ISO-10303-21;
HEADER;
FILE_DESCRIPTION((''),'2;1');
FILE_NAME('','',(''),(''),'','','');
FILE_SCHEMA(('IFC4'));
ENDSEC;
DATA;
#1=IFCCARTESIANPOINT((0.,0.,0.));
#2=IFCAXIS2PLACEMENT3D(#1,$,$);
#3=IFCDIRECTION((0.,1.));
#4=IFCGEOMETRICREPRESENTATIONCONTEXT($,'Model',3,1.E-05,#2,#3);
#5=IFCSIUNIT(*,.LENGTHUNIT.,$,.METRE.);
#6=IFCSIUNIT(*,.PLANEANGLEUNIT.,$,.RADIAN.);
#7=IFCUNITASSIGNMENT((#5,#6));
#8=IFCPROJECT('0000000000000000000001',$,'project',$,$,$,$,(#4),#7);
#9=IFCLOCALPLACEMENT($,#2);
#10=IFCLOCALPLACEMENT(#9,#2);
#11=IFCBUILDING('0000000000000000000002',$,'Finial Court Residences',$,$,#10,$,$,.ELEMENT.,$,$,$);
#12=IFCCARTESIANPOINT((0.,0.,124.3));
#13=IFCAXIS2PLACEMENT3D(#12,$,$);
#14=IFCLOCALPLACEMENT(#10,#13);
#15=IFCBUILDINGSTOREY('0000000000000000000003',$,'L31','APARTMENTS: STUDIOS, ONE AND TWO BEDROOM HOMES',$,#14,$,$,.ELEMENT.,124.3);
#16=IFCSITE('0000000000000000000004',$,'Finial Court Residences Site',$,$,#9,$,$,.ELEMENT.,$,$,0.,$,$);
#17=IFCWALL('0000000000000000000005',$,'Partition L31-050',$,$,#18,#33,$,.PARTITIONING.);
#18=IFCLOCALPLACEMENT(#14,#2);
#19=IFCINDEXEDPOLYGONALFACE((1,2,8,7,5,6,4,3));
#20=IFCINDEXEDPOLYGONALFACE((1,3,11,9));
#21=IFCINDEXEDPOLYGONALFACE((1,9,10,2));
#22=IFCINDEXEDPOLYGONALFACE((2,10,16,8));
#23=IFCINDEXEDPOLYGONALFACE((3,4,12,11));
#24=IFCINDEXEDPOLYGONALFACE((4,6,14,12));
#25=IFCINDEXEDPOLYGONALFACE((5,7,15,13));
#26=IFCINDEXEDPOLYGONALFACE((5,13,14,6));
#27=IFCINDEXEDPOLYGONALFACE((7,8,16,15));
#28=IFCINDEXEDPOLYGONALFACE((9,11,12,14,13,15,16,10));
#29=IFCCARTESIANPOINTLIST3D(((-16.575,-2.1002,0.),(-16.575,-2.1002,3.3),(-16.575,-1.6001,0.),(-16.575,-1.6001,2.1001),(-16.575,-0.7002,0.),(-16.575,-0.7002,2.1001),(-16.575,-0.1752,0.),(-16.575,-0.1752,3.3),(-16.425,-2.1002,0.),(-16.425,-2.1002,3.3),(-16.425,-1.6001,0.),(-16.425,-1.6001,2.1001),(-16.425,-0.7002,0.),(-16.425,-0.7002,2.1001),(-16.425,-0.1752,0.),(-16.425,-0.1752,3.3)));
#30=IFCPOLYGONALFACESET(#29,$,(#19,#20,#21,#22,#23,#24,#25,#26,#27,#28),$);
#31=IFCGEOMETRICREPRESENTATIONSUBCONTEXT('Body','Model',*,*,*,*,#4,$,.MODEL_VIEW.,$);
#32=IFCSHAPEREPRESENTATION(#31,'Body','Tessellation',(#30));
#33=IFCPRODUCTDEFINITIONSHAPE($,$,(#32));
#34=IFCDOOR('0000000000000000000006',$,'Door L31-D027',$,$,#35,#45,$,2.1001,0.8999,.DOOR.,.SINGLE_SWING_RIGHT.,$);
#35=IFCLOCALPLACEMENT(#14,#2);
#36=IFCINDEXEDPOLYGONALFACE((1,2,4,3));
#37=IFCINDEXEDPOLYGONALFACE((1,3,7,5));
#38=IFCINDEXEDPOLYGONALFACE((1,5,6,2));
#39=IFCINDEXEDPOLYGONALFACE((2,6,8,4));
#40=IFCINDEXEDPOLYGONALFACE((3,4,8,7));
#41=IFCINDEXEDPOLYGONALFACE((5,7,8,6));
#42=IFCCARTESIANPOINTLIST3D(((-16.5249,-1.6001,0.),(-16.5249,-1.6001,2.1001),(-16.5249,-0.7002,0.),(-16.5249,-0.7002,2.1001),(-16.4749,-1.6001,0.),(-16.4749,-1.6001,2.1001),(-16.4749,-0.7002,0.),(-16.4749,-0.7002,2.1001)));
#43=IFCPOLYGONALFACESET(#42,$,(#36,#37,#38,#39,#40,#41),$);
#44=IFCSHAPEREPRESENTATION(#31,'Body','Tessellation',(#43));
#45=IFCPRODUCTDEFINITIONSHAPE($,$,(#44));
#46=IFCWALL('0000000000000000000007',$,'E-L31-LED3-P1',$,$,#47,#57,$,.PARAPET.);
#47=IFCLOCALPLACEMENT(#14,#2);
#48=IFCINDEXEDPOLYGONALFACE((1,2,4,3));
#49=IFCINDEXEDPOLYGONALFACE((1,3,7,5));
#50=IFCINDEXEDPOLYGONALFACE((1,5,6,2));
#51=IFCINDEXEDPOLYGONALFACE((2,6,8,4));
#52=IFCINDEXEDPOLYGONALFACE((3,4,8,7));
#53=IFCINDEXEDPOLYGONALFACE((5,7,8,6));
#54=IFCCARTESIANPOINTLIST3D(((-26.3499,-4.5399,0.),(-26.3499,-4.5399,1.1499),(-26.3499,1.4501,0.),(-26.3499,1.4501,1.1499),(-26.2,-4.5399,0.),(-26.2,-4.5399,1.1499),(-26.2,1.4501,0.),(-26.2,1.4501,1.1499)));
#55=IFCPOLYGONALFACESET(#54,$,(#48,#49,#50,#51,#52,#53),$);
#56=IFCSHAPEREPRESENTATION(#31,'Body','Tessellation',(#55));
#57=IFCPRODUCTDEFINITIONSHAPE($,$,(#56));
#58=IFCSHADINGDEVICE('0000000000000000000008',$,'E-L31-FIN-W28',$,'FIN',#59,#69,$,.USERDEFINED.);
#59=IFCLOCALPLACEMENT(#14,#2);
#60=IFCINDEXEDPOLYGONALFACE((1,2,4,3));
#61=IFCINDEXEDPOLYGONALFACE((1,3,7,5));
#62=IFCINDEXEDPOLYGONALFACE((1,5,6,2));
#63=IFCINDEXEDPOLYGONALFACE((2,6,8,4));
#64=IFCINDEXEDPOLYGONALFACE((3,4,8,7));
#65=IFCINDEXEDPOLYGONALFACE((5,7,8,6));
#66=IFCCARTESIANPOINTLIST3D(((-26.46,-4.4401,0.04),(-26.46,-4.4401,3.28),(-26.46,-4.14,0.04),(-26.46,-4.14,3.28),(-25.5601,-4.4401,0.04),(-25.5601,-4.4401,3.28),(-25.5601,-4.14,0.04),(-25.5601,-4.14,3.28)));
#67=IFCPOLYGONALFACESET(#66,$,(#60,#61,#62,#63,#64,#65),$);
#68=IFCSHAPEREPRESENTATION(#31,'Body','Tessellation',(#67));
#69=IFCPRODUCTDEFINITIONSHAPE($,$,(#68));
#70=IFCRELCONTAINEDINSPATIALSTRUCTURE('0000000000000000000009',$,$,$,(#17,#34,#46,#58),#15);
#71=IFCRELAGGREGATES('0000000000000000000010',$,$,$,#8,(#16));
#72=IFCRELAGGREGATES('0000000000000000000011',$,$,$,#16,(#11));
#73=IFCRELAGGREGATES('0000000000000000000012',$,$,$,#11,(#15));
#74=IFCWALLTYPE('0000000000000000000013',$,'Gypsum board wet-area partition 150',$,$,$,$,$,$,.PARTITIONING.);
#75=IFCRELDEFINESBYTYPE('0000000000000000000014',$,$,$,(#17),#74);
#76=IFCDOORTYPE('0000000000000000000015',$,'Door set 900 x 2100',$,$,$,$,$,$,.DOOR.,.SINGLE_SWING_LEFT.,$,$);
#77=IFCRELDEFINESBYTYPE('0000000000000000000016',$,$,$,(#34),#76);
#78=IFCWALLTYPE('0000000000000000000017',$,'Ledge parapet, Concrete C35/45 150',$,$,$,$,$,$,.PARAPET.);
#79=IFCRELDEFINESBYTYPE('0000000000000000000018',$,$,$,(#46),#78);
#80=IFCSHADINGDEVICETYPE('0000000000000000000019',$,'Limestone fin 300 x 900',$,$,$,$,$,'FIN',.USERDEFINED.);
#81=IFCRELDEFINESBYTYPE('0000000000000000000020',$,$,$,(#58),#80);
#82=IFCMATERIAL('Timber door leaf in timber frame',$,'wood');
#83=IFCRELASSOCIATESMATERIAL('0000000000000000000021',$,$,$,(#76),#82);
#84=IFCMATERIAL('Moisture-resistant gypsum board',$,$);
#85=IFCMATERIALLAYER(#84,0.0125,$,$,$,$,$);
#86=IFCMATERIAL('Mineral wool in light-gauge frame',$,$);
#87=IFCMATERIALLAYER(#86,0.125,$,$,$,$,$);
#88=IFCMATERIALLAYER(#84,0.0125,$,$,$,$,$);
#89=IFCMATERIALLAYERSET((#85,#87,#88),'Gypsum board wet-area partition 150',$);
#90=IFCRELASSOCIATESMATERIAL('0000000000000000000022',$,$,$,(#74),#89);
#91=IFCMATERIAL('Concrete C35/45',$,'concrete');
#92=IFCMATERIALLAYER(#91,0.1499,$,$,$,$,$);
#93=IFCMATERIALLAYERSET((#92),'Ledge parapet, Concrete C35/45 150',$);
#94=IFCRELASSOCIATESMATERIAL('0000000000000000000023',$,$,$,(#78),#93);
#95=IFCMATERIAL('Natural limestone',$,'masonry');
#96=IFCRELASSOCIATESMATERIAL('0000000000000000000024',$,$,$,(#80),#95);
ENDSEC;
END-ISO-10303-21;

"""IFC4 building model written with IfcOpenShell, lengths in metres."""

from ifc_helpers import new_model, si_unit, direction, frame, frame_2d, origin, origin_2d, place, context, subcontext, project, spatial, rectangle, extrude, material, layer, layer_set, type_object, element, fill, save


model = new_model("IFC4")

# Units and contexts
model_context = context("Model", 3, precision=1e-05, world=origin(), true_north=direction((0.0, 1.0)))
body_context = subcontext(model_context, "Body", "Model", "MODEL_VIEW")
ifc_project = project(units=[si_unit("LENGTHUNIT", "METRE"), si_unit("PLANEANGLEUNIT", "RADIAN")], contexts=[model_context])

# Site, building, storey
site_placement = place(None, origin())
site = spatial("IfcSite", under=ifc_project, at=site_placement, Name="Finial Court Residences Site", CompositionType="ELEMENT", RefElevation=0.0)
building_placement = place(site_placement, origin())
building = spatial("IfcBuilding", under=site, at=building_placement, Name="Finial Court Residences", CompositionType="ELEMENT")
storey_placement = place(building_placement, frame((0.0, 0.0, 124.3)))
storey = spatial("IfcBuildingStorey", under=building, at=storey_placement, Name="L31", Description="APARTMENTS: STUDIOS, ONE AND TWO BEDROOM HOMES", CompositionType="ELEMENT", Elevation=124.3)

# Shared definitions
ifc_material_1 = material(Name="Mineral wool in light-gauge frame")
ifc_material_2 = material(Name="Timber door leaf in timber frame", Category="wood")
door_type_1 = type_object("IfcDoorType", Name="Door set 900 x 2100", OperationType="SINGLE_SWING_LEFT", PredefinedType="DOOR", material=ifc_material_2)

# Shared definitions
ifc_material_3 = material(Name="Moisture-resistant gypsum board")
ifc_layer_1 = layer(ifc_material_3, 0.0125)
ifc_layer_2 = layer(ifc_material_1, 0.125)
ifc_layer_3 = layer(ifc_material_3, 0.0125)
ifc_layer_set_1 = layer_set([ifc_layer_1, ifc_layer_2, ifc_layer_3], Name="Gypsum board wet-area partition 150")
wall_type_1 = type_object("IfcWallType", Name="Gypsum board wet-area partition 150", PredefinedType="PARTITIONING", material=ifc_layer_set_1)

# Wall, opening, door
wall_1_placement = place(storey_placement, frame((-16.5, -2.1001, 0.0), z_axis=(0.0, 0.0, 1.0), x_axis=(0.0, 1.0, 0.0)))
wall_1 = element("IfcWall", 1, at=wall_1_placement, inside=storey, type_object=wall_type_1, Name="Partition L31-050", PredefinedType="PARTITIONING", context=body_context, shape_type="SweptSolid", body=[
    extrude(rectangle(XDim=1.925, YDim=0.1499, at=frame_2d((0.9624, 0.0))), origin(), (0.0, 0.0, 1.0), 3.3),
])
opening_1_placement = place(wall_1_placement, frame((0.5, 0.0, 0.0)))
opening_1 = element("IfcOpeningElement", 2, at=opening_1_placement, cuts=wall_1, PredefinedType="OPENING", context=body_context, shape_type="SweptSolid", body=[
    extrude(rectangle(XDim=0.8999, YDim=2.1001, at=frame_2d((0.45, 1.05))), frame((0.0, 0.085, 0.0), z_axis=(0.0, -1.0, 0.0), x_axis=(1.0, 0.0, 0.0)), (0.0, 0.0, 1.0), 0.1699),
])
door_1_placement = place(opening_1_placement, origin())
door_1 = element("IfcDoor", 3, at=door_1_placement, inside=storey, type_object=door_type_1, Name="Door L31-D027", OperationType="SINGLE_SWING_RIGHT", OverallHeight=2.1001, OverallWidth=0.8999, PredefinedType="DOOR", context=body_context, shape_type="SweptSolid", body=[
    extrude(rectangle(XDim=0.8999, YDim=2.1001, at=frame_2d((0.45, 1.05))), frame((0.0, 0.0249, 0.0), z_axis=(0.0, -1.0, 0.0), x_axis=(1.0, 0.0, 0.0)), (0.0, 0.0, 1.0), 0.05),
])
fill(opening_1, door_1)

# Wall
ifc_material_4 = material(Name="Concrete C35/45", Category="concrete")
ifc_layer_4 = layer(ifc_material_4, 0.1499)
ifc_layer_set_2 = layer_set([ifc_layer_4], Name="Ledge parapet, Concrete C35/45 150")
wall_type_2 = type_object("IfcWallType", Name="Ledge parapet, Concrete C35/45 150", PredefinedType="PARAPET", material=ifc_layer_set_2)
wall_2_placement = place(storey_placement, frame((-26.2749, -4.54, 0.0), z_axis=(0.0, 0.0, 1.0), x_axis=(0.0, 1.0, 0.0)))
element("IfcWall", 4, at=wall_2_placement, inside=storey, type_object=wall_type_2, Name="E-L31-LED3-P1", PredefinedType="PARAPET", context=body_context, shape_type="SweptSolid", body=[
    extrude(rectangle(XDim=5.99, YDim=0.1499, at=frame_2d((2.9951, 0.0))), origin(), (0.0, 0.0, 1.0), 1.1499),
])

# Shading device
ifc_material_5 = material(Name="Natural limestone", Category="masonry")
shading_device_type = type_object("IfcShadingDeviceType", Name="Limestone fin 300 x 900", ElementType="FIN", PredefinedType="USERDEFINED", material=ifc_material_5)
shading_device_placement = place(storey_placement, frame((-26.01, -4.29, 0.04), z_axis=(0.0, 0.0, 1.0), x_axis=(1.0, 0.0, 0.0)))
element("IfcShadingDevice", 5, at=shading_device_placement, inside=storey, type_object=shading_device_type, Name="E-L31-FIN-W28", ObjectType="FIN", PredefinedType="USERDEFINED", context=body_context, shape_type="SweptSolid", body=[
    extrude(rectangle(XDim=0.8999, YDim=0.3, at=origin_2d()), origin(), (0.0, 0.0, 1.0), 3.24),
])

save(model, "model.ifc")
